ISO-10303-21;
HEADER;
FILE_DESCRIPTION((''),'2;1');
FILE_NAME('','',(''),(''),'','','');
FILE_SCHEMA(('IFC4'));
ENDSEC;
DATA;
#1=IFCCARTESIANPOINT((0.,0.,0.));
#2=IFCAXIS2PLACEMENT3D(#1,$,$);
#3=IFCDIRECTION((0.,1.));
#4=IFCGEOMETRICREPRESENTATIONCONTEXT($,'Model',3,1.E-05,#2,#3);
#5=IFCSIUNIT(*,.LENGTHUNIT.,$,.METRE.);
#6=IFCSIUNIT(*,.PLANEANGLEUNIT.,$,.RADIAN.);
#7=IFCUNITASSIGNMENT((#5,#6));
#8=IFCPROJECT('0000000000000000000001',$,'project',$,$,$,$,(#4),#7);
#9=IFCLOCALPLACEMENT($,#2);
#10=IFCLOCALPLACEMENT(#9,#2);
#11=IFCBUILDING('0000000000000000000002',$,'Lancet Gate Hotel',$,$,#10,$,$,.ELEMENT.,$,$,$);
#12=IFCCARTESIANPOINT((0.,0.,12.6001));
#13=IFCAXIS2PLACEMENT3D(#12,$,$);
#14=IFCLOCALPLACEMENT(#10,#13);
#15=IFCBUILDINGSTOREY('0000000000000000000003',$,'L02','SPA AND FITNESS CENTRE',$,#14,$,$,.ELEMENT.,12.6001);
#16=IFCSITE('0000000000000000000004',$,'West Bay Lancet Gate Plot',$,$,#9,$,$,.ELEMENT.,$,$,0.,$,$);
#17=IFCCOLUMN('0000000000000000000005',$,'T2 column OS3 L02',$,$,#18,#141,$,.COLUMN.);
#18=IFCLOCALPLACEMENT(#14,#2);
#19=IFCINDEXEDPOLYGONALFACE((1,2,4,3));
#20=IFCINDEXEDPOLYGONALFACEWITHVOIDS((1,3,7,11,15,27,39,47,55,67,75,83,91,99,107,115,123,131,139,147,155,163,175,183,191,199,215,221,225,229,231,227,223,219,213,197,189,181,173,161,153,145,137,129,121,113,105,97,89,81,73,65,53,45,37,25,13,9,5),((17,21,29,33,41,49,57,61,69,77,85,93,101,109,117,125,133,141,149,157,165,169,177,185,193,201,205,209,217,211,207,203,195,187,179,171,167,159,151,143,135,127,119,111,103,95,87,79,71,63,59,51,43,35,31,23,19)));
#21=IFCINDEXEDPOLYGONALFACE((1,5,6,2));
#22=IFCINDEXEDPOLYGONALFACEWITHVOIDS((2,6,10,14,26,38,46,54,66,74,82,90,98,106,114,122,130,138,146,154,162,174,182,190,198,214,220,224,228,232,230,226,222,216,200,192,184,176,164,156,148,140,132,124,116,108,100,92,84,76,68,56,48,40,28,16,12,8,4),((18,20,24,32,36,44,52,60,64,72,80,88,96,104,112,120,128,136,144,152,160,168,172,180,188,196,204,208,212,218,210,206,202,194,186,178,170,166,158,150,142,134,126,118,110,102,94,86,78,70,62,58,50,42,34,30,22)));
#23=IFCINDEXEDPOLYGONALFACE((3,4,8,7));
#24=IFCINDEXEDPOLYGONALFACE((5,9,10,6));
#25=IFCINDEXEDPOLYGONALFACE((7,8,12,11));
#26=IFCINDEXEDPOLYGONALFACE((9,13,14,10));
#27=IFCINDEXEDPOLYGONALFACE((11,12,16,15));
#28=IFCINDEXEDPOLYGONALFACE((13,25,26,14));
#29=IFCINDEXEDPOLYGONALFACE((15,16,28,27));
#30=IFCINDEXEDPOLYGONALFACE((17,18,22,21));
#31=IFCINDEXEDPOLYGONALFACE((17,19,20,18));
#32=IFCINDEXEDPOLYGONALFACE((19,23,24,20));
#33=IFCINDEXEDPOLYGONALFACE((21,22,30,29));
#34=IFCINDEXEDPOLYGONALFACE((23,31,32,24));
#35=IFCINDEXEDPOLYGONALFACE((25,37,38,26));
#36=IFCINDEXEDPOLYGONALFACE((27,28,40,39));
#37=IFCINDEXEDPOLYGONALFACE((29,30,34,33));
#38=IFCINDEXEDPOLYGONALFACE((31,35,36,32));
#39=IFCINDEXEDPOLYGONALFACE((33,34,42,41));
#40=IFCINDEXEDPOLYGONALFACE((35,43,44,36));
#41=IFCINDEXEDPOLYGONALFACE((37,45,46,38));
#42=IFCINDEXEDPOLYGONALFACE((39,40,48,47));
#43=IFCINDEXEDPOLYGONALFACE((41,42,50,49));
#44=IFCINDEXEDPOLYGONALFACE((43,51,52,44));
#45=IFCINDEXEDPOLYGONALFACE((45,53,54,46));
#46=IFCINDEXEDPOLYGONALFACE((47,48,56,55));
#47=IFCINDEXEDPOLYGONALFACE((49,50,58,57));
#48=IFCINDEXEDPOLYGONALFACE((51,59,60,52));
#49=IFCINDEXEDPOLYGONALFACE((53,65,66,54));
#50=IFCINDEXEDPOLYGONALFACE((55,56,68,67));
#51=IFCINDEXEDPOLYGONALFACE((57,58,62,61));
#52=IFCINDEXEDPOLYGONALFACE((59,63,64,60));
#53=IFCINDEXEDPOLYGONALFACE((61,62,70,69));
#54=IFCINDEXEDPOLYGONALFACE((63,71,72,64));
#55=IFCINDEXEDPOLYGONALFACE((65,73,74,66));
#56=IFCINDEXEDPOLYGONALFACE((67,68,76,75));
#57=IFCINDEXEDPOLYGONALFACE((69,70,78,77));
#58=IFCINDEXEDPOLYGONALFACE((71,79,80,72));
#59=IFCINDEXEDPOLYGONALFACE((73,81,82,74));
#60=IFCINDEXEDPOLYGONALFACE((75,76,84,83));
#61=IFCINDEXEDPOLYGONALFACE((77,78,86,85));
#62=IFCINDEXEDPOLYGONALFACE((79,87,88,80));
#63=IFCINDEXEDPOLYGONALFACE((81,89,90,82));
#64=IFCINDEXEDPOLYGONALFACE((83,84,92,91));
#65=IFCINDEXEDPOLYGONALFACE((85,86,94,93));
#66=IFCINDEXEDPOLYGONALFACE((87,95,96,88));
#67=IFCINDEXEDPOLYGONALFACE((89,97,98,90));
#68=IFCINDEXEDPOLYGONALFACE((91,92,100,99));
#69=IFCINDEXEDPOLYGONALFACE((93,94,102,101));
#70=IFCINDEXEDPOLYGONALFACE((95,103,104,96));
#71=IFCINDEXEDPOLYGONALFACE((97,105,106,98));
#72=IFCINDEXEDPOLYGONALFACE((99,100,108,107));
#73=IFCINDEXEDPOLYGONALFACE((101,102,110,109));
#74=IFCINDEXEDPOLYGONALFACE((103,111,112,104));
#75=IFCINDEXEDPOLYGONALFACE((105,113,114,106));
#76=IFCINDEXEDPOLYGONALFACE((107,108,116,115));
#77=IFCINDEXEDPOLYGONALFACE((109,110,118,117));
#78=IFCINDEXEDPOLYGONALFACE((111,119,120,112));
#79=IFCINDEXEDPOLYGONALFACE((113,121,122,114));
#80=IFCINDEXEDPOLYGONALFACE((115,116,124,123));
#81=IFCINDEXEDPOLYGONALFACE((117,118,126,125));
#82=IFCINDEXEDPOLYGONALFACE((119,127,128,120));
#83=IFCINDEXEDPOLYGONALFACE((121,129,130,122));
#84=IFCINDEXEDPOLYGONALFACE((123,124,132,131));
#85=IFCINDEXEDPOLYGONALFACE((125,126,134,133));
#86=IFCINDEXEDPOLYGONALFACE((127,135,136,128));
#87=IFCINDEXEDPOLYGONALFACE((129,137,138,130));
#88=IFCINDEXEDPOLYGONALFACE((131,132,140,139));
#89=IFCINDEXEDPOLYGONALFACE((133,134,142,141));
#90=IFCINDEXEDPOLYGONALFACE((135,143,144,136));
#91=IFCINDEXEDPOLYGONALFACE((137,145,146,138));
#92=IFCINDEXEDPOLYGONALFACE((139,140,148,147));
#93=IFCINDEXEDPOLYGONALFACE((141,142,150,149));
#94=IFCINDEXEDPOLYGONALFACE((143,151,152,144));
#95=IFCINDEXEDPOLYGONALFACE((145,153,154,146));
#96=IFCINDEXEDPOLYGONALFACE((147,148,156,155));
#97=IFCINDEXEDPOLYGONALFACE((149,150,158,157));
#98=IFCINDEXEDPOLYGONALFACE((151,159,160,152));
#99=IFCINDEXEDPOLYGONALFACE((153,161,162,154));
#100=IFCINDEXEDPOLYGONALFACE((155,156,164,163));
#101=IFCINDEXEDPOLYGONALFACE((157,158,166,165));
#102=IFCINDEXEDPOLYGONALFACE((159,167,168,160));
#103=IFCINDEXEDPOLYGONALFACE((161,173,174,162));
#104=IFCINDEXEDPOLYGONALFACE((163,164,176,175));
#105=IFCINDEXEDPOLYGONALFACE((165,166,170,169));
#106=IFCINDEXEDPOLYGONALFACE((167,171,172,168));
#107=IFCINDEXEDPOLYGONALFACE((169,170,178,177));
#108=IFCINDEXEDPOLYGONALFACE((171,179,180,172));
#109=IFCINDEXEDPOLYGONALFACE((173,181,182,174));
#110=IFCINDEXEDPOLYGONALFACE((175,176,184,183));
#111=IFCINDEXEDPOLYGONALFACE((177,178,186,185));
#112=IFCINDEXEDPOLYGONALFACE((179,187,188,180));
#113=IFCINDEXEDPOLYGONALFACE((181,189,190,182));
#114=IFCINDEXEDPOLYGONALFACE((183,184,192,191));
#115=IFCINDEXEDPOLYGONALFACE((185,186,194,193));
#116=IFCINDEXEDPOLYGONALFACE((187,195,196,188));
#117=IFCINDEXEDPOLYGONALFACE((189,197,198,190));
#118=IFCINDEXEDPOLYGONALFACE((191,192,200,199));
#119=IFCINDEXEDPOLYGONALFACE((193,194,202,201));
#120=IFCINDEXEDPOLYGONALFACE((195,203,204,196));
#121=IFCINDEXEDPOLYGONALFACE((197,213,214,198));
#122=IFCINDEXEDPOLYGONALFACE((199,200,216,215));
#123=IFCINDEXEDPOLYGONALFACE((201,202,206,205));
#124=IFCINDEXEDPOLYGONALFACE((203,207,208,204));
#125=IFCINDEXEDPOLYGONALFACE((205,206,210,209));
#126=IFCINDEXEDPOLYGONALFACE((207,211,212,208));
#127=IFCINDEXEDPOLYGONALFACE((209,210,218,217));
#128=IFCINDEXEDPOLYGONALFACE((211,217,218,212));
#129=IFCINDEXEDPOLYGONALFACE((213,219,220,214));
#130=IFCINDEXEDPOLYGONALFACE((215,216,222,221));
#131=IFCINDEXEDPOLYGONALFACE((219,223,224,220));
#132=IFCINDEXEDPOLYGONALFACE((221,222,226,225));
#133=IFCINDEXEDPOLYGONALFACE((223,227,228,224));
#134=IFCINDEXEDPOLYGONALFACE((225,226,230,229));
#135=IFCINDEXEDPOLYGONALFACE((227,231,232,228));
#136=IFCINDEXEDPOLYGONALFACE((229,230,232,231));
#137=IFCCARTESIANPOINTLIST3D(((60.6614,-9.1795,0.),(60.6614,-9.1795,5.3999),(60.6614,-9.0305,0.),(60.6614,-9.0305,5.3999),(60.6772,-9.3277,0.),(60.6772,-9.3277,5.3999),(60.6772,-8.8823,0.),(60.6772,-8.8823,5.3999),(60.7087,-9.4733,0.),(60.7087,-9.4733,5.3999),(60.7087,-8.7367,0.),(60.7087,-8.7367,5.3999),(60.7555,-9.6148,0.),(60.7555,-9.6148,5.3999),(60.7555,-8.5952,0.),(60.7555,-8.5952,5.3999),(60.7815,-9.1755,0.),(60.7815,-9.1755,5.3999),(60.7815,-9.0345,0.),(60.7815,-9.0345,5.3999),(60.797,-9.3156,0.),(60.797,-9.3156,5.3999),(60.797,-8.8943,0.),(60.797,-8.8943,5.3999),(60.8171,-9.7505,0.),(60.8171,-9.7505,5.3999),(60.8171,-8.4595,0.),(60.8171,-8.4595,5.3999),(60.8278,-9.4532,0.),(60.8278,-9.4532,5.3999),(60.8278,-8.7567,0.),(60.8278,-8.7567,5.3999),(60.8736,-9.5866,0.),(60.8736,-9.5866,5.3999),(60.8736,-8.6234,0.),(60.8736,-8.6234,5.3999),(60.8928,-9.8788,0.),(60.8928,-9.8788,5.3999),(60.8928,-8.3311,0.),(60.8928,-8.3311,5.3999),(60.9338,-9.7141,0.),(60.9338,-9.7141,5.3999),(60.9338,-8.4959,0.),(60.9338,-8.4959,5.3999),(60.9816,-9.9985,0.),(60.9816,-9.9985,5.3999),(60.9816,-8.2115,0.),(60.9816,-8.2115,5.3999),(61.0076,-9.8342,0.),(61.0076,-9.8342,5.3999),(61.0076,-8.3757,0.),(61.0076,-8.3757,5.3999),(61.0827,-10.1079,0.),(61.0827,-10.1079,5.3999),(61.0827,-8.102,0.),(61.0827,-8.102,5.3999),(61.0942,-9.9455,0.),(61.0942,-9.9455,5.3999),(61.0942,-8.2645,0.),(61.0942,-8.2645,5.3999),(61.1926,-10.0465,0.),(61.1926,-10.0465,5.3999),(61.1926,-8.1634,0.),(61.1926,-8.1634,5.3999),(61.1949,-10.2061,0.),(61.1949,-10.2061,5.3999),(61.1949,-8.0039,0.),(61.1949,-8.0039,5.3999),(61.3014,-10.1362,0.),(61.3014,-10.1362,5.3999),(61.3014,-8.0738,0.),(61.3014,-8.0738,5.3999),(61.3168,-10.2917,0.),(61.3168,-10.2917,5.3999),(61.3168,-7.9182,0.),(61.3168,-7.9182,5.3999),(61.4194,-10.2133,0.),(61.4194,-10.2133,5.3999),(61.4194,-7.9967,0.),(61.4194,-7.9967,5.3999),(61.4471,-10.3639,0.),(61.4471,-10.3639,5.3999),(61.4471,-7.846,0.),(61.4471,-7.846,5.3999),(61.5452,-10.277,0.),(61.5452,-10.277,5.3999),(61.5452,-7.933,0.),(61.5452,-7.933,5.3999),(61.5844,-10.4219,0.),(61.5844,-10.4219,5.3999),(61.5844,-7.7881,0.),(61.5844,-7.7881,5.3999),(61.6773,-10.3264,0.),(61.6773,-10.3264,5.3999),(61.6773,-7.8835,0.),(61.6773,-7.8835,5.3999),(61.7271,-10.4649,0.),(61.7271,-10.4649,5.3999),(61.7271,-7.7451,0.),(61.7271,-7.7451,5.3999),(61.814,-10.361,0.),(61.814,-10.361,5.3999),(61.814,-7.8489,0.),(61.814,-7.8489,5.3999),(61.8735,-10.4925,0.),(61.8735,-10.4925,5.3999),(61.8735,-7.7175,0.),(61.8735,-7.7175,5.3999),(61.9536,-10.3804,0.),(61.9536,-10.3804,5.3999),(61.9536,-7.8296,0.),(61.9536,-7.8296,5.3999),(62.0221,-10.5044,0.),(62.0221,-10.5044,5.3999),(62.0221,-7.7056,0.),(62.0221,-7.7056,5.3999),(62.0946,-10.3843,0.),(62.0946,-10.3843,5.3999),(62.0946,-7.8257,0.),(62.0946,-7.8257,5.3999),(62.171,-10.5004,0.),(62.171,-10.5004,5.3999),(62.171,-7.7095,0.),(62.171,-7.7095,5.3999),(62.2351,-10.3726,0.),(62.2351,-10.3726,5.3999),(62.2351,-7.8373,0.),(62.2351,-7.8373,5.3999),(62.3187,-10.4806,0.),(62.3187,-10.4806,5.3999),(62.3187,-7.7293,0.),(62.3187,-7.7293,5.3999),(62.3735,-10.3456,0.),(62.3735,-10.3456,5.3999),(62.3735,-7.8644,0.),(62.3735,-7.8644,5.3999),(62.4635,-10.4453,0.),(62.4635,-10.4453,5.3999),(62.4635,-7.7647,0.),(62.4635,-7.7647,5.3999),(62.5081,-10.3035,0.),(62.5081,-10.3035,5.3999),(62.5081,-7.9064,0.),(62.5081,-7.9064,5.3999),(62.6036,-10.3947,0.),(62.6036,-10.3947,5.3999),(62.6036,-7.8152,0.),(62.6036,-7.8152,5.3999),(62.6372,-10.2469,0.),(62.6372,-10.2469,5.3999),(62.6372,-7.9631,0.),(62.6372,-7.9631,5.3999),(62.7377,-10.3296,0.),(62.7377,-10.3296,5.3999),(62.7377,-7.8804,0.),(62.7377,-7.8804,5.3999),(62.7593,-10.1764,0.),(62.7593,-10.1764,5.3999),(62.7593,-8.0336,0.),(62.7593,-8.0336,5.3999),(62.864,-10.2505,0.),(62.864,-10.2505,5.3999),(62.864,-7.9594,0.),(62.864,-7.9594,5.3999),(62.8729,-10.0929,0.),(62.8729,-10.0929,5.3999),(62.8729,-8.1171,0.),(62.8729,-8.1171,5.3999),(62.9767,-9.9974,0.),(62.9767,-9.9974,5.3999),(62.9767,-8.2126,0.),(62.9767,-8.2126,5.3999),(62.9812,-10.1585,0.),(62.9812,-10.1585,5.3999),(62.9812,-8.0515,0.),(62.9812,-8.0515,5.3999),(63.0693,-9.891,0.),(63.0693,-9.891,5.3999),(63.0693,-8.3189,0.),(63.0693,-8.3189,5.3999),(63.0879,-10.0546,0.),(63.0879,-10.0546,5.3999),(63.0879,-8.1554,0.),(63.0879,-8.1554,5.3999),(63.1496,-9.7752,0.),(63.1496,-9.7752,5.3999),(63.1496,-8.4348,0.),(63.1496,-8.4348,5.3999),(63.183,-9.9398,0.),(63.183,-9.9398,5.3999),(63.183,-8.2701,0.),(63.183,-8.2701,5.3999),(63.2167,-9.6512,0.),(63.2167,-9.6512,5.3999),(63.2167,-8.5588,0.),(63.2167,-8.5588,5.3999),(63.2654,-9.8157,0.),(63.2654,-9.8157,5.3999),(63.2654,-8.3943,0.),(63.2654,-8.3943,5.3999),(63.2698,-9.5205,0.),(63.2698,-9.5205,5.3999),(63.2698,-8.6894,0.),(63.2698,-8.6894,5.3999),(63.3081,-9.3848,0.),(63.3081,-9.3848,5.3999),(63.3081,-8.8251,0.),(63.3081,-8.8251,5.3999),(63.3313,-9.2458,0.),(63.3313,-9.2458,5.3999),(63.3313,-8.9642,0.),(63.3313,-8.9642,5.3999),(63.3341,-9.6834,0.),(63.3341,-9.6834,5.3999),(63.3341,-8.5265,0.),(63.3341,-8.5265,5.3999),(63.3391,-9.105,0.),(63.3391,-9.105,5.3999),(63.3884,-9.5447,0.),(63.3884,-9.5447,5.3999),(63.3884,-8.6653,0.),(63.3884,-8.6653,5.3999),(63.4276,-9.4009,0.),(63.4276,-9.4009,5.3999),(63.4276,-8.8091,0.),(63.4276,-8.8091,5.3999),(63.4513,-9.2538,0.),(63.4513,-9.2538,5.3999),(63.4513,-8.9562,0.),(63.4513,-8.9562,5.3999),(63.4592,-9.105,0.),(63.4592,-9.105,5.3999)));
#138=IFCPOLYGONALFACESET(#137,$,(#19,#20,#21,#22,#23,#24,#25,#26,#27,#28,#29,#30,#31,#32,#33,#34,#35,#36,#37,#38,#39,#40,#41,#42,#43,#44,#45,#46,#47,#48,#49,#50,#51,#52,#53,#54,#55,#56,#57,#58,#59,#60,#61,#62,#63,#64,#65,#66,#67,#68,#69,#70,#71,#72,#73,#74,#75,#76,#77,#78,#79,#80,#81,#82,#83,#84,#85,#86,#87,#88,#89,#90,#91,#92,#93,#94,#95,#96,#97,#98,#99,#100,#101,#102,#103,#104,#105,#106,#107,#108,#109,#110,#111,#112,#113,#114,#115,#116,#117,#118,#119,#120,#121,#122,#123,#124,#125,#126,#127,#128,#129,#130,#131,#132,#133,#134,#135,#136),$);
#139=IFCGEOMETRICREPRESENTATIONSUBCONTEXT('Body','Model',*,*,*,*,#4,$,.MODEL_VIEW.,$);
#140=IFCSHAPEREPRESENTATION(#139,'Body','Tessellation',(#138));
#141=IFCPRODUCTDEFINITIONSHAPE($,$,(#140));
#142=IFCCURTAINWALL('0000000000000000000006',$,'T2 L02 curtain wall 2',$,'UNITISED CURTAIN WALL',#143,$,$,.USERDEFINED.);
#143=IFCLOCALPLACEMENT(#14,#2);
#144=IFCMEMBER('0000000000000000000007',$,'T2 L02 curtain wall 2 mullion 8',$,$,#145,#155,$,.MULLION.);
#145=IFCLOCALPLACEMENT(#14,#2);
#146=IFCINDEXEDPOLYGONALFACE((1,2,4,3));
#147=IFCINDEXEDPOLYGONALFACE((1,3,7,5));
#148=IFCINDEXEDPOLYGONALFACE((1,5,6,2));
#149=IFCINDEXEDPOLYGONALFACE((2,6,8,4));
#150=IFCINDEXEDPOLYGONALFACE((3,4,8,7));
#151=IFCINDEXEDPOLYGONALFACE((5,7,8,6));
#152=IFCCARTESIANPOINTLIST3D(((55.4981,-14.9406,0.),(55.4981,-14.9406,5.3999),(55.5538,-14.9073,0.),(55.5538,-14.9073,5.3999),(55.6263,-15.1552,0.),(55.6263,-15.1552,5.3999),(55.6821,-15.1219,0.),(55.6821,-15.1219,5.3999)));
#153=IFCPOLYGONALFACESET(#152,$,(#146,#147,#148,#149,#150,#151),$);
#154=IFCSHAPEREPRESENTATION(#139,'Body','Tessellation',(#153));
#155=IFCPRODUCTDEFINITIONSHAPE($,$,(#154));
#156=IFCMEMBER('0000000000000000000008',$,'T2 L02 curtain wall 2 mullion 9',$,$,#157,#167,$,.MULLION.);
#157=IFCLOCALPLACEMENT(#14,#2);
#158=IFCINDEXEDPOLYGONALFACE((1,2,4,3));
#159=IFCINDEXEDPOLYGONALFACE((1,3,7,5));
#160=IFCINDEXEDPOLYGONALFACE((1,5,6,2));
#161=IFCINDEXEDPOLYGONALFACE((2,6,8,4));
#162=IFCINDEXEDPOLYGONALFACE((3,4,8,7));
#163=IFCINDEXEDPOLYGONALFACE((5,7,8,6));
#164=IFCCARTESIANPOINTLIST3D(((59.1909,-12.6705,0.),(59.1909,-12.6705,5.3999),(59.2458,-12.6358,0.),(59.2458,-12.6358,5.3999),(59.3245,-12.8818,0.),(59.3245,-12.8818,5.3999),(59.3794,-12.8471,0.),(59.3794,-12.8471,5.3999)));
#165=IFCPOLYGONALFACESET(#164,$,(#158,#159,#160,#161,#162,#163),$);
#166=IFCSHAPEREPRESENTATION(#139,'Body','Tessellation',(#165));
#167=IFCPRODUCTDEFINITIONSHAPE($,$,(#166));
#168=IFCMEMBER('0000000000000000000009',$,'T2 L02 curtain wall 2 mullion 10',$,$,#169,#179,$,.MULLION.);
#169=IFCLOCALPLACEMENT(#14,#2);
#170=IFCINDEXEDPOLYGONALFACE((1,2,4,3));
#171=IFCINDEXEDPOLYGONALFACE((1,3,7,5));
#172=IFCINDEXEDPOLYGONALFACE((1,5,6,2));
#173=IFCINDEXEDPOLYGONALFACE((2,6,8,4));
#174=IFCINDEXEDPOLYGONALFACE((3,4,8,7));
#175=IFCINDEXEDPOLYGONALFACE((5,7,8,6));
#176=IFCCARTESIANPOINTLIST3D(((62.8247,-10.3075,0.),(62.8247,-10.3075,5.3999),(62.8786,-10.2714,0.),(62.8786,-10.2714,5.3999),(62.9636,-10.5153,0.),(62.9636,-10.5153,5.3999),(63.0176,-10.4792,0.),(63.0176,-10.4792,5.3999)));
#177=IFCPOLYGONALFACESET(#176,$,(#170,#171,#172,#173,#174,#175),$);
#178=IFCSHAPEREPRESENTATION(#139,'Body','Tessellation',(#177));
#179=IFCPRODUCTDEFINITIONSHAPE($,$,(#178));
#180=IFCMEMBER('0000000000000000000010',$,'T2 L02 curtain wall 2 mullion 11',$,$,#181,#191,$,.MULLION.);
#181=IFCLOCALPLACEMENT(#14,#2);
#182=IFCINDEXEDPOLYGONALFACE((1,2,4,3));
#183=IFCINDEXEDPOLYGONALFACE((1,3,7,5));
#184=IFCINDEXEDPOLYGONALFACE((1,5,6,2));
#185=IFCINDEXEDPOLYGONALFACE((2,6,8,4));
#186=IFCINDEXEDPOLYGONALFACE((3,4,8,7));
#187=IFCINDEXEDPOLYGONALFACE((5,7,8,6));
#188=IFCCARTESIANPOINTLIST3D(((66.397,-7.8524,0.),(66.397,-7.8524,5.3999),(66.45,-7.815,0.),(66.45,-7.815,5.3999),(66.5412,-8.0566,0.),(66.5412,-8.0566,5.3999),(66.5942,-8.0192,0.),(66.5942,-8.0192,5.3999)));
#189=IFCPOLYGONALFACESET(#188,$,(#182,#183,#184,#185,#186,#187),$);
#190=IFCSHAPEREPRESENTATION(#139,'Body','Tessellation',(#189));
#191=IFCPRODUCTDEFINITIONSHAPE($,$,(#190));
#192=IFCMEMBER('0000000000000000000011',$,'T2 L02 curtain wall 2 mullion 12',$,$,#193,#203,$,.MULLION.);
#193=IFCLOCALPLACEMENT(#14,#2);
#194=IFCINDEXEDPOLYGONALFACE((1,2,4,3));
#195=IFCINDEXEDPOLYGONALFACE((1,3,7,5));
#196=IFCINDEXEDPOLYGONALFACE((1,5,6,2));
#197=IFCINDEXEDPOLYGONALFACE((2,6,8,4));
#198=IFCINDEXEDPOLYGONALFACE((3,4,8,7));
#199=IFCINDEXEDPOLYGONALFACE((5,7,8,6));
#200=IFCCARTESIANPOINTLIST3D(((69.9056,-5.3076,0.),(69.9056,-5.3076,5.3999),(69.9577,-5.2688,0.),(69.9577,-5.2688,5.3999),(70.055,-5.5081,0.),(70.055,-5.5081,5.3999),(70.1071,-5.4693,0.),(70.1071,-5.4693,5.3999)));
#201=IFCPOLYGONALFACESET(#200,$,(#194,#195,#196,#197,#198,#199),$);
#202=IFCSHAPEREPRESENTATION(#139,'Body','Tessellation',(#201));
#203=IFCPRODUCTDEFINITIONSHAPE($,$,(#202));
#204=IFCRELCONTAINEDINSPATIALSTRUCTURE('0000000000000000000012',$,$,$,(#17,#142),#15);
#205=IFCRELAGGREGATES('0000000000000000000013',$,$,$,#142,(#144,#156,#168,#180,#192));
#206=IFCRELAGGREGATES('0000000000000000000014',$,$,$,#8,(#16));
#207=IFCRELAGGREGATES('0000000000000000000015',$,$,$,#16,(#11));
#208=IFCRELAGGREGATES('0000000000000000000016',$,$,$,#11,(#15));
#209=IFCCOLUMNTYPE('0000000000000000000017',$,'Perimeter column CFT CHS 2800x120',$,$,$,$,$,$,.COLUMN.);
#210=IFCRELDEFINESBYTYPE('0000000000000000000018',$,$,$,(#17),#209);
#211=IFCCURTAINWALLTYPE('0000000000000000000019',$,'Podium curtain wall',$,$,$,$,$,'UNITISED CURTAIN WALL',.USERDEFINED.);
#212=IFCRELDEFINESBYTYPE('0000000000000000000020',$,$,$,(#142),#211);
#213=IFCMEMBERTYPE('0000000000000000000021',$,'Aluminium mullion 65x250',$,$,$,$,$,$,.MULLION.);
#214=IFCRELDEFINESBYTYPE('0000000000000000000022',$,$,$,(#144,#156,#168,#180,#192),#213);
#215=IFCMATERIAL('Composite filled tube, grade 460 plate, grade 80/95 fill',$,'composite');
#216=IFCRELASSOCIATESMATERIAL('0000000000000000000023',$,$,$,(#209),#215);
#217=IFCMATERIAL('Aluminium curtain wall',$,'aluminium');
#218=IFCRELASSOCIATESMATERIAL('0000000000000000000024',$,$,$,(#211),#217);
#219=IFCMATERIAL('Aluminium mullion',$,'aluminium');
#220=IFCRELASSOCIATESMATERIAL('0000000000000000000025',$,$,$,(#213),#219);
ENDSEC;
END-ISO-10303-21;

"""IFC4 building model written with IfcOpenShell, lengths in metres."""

from ifc_helpers import new_model, si_unit, direction, frame, origin, origin_2d, place, context, subcontext, project, spatial, rectangle, hollow_circle, extrude, material, material_profile, profile_set, type_object, element, aggregate, save


model = new_model("IFC4")

# Units and contexts
model_context = context("Model", 3, precision=1e-05, world=origin(), true_north=direction((0.0, 1.0)))
body_context = subcontext(model_context, "Body", "Model", "MODEL_VIEW")
ifc_project = project(units=[si_unit("LENGTHUNIT", "METRE"), si_unit("PLANEANGLEUNIT", "RADIAN")], contexts=[model_context])

# Site, building, storey
site_placement = place(None, origin())
site = spatial("IfcSite", under=ifc_project, at=site_placement, Name="West Bay Lancet Gate Plot", CompositionType="ELEMENT", RefElevation=0.0)
building_placement = place(site_placement, origin())
building = spatial("IfcBuilding", under=site, at=building_placement, Name="Lancet Gate Hotel", CompositionType="ELEMENT")
storey_placement = place(building_placement, frame((0.0, 0.0, 12.6001)))
storey = spatial("IfcBuildingStorey", under=building, at=storey_placement, Name="L02", Description="SPA AND FITNESS CENTRE", CompositionType="ELEMENT", Elevation=12.6001)

# Column
ifc_material_1 = material(Name="Composite filled tube, grade 460 plate, grade 80/95 fill", Category="composite")
ifc_material_profile_1 = material_profile(ifc_material_1, hollow_circle(Radius=1.3999, WallThickness=0.1201, at=origin_2d()), Name="CHS 2800x120")
ifc_profile_set_1 = profile_set([ifc_material_profile_1], Name="Composite filled tube, grade 460 plate, grade 80/95 fill")
column_type = type_object("IfcColumnType", Name="Perimeter column CFT CHS 2800x120", PredefinedType="COLUMN", material=ifc_profile_set_1)
for number, where, z_axis, x_axis, name in (
    (1, (62.0593, -9.105, 0.0), (0.0, 0.0, 1.0), (1.0, 0.0, 0.0), "T2 column OS3 L02"),
):
    element("IfcColumn", number, at=place(storey_placement, frame(where, z_axis=z_axis, x_axis=x_axis)), inside=storey, type_object=column_type, Name=name, PredefinedType="COLUMN", context=body_context, shape_type="SweptSolid", body=[
        extrude(hollow_circle(Radius=1.3999, WallThickness=0.1201, at=origin_2d()), origin(), (0.0, 0.0, 1.0), 5.3999),
    ])

# Curtain wall, members
ifc_material_2 = material(Name="Aluminium curtain wall", Category="aluminium")
curtain_wall_type = type_object("IfcCurtainWallType", Name="Podium curtain wall", ElementType="UNITISED CURTAIN WALL", PredefinedType="USERDEFINED", material=ifc_material_2)
curtain_wall_placement = place(storey_placement, origin())
curtain_wall = element("IfcCurtainWall", 2, at=curtain_wall_placement, inside=storey, type_object=curtain_wall_type, Name="T2 L02 curtain wall 2", ObjectType="UNITISED CURTAIN WALL", PredefinedType="USERDEFINED")
ifc_material_3 = material(Name="Aluminium mullion", Category="aluminium")
ifc_material_profile_2 = material_profile(ifc_material_3, rectangle(XDim=0.0649, YDim=0.25, at=origin_2d()), Name="MULLION 65x250")
ifc_profile_set_2 = profile_set([ifc_material_profile_2], Name="Aluminium mullion")
member_type_1 = type_object("IfcMemberType", Name="Aluminium mullion 65x250", PredefinedType="MULLION", material=ifc_profile_set_2)
member_1_placement = place(storey_placement, frame((55.5901, -15.0312, 0.0), z_axis=(0.0, 0.0, 1.0), x_axis=(0.858413, 0.512959, 0.0)))
member_1 = element("IfcMember", 3, at=member_1_placement, type_object=member_type_1, Name="T2 L02 curtain wall 2 mullion 8", PredefinedType="MULLION", context=body_context, shape_type="SweptSolid", body=[
    extrude(rectangle(XDim=0.0649, YDim=0.25, at=origin_2d()), origin(), (0.0, 0.0, 1.0), 5.3999),
])
member_2_placement = place(storey_placement, frame((59.2852, -12.7588, 0.0), z_axis=(0.0, 0.0, 1.0), x_axis=(0.845079, 0.534641, 0.0)))
member_2 = element("IfcMember", 4, at=member_2_placement, type_object=member_type_1, Name="T2 L02 curtain wall 2 mullion 9", PredefinedType="MULLION", context=body_context, shape_type="SweptSolid", body=[
    extrude(rectangle(XDim=0.0649, YDim=0.25, at=origin_2d()), origin(), (0.0, 0.0, 1.0), 5.3999),
])
member_3_placement = place(storey_placement, frame((62.9211, -10.3933, 0.0), z_axis=(0.0, 0.0, 1.0), x_axis=(0.831198, 0.555976, 0.0)))
member_3 = element("IfcMember", 5, at=member_3_placement, type_object=member_type_1, Name="T2 L02 curtain wall 2 mullion 10", PredefinedType="MULLION", context=body_context, shape_type="SweptSolid", body=[
    extrude(rectangle(XDim=0.0649, YDim=0.25, at=origin_2d()), origin(), (0.0, 0.0, 1.0), 5.3999),
])
member_4_placement = place(storey_placement, frame((66.4956, -7.9358, 0.0), z_axis=(0.0, 0.0, 1.0), x_axis=(0.816779, 0.576951, 0.0)))
member_4 = element("IfcMember", 6, at=member_4_placement, type_object=member_type_1, Name="T2 L02 curtain wall 2 mullion 11", PredefinedType="MULLION", context=body_context, shape_type="SweptSolid", body=[
    extrude(rectangle(XDim=0.0649, YDim=0.25, at=origin_2d()), origin(), (0.0, 0.0, 1.0), 5.3999),
])
member_5_placement = place(storey_placement, frame((70.0063, -5.3884, 0.0), z_axis=(0.0, 0.0, 1.0), x_axis=(0.80183, 0.597552, 0.0)))
member_5 = element("IfcMember", 7, at=member_5_placement, type_object=member_type_1, Name="T2 L02 curtain wall 2 mullion 12", PredefinedType="MULLION", context=body_context, shape_type="SweptSolid", body=[
    extrude(rectangle(XDim=0.0649, YDim=0.25, at=origin_2d()), origin(), (0.0, 0.0, 1.0), 5.3999),
])

aggregate(curtain_wall, [member_1, member_2, member_3, member_4, member_5])

save(model, "model.ifc")
